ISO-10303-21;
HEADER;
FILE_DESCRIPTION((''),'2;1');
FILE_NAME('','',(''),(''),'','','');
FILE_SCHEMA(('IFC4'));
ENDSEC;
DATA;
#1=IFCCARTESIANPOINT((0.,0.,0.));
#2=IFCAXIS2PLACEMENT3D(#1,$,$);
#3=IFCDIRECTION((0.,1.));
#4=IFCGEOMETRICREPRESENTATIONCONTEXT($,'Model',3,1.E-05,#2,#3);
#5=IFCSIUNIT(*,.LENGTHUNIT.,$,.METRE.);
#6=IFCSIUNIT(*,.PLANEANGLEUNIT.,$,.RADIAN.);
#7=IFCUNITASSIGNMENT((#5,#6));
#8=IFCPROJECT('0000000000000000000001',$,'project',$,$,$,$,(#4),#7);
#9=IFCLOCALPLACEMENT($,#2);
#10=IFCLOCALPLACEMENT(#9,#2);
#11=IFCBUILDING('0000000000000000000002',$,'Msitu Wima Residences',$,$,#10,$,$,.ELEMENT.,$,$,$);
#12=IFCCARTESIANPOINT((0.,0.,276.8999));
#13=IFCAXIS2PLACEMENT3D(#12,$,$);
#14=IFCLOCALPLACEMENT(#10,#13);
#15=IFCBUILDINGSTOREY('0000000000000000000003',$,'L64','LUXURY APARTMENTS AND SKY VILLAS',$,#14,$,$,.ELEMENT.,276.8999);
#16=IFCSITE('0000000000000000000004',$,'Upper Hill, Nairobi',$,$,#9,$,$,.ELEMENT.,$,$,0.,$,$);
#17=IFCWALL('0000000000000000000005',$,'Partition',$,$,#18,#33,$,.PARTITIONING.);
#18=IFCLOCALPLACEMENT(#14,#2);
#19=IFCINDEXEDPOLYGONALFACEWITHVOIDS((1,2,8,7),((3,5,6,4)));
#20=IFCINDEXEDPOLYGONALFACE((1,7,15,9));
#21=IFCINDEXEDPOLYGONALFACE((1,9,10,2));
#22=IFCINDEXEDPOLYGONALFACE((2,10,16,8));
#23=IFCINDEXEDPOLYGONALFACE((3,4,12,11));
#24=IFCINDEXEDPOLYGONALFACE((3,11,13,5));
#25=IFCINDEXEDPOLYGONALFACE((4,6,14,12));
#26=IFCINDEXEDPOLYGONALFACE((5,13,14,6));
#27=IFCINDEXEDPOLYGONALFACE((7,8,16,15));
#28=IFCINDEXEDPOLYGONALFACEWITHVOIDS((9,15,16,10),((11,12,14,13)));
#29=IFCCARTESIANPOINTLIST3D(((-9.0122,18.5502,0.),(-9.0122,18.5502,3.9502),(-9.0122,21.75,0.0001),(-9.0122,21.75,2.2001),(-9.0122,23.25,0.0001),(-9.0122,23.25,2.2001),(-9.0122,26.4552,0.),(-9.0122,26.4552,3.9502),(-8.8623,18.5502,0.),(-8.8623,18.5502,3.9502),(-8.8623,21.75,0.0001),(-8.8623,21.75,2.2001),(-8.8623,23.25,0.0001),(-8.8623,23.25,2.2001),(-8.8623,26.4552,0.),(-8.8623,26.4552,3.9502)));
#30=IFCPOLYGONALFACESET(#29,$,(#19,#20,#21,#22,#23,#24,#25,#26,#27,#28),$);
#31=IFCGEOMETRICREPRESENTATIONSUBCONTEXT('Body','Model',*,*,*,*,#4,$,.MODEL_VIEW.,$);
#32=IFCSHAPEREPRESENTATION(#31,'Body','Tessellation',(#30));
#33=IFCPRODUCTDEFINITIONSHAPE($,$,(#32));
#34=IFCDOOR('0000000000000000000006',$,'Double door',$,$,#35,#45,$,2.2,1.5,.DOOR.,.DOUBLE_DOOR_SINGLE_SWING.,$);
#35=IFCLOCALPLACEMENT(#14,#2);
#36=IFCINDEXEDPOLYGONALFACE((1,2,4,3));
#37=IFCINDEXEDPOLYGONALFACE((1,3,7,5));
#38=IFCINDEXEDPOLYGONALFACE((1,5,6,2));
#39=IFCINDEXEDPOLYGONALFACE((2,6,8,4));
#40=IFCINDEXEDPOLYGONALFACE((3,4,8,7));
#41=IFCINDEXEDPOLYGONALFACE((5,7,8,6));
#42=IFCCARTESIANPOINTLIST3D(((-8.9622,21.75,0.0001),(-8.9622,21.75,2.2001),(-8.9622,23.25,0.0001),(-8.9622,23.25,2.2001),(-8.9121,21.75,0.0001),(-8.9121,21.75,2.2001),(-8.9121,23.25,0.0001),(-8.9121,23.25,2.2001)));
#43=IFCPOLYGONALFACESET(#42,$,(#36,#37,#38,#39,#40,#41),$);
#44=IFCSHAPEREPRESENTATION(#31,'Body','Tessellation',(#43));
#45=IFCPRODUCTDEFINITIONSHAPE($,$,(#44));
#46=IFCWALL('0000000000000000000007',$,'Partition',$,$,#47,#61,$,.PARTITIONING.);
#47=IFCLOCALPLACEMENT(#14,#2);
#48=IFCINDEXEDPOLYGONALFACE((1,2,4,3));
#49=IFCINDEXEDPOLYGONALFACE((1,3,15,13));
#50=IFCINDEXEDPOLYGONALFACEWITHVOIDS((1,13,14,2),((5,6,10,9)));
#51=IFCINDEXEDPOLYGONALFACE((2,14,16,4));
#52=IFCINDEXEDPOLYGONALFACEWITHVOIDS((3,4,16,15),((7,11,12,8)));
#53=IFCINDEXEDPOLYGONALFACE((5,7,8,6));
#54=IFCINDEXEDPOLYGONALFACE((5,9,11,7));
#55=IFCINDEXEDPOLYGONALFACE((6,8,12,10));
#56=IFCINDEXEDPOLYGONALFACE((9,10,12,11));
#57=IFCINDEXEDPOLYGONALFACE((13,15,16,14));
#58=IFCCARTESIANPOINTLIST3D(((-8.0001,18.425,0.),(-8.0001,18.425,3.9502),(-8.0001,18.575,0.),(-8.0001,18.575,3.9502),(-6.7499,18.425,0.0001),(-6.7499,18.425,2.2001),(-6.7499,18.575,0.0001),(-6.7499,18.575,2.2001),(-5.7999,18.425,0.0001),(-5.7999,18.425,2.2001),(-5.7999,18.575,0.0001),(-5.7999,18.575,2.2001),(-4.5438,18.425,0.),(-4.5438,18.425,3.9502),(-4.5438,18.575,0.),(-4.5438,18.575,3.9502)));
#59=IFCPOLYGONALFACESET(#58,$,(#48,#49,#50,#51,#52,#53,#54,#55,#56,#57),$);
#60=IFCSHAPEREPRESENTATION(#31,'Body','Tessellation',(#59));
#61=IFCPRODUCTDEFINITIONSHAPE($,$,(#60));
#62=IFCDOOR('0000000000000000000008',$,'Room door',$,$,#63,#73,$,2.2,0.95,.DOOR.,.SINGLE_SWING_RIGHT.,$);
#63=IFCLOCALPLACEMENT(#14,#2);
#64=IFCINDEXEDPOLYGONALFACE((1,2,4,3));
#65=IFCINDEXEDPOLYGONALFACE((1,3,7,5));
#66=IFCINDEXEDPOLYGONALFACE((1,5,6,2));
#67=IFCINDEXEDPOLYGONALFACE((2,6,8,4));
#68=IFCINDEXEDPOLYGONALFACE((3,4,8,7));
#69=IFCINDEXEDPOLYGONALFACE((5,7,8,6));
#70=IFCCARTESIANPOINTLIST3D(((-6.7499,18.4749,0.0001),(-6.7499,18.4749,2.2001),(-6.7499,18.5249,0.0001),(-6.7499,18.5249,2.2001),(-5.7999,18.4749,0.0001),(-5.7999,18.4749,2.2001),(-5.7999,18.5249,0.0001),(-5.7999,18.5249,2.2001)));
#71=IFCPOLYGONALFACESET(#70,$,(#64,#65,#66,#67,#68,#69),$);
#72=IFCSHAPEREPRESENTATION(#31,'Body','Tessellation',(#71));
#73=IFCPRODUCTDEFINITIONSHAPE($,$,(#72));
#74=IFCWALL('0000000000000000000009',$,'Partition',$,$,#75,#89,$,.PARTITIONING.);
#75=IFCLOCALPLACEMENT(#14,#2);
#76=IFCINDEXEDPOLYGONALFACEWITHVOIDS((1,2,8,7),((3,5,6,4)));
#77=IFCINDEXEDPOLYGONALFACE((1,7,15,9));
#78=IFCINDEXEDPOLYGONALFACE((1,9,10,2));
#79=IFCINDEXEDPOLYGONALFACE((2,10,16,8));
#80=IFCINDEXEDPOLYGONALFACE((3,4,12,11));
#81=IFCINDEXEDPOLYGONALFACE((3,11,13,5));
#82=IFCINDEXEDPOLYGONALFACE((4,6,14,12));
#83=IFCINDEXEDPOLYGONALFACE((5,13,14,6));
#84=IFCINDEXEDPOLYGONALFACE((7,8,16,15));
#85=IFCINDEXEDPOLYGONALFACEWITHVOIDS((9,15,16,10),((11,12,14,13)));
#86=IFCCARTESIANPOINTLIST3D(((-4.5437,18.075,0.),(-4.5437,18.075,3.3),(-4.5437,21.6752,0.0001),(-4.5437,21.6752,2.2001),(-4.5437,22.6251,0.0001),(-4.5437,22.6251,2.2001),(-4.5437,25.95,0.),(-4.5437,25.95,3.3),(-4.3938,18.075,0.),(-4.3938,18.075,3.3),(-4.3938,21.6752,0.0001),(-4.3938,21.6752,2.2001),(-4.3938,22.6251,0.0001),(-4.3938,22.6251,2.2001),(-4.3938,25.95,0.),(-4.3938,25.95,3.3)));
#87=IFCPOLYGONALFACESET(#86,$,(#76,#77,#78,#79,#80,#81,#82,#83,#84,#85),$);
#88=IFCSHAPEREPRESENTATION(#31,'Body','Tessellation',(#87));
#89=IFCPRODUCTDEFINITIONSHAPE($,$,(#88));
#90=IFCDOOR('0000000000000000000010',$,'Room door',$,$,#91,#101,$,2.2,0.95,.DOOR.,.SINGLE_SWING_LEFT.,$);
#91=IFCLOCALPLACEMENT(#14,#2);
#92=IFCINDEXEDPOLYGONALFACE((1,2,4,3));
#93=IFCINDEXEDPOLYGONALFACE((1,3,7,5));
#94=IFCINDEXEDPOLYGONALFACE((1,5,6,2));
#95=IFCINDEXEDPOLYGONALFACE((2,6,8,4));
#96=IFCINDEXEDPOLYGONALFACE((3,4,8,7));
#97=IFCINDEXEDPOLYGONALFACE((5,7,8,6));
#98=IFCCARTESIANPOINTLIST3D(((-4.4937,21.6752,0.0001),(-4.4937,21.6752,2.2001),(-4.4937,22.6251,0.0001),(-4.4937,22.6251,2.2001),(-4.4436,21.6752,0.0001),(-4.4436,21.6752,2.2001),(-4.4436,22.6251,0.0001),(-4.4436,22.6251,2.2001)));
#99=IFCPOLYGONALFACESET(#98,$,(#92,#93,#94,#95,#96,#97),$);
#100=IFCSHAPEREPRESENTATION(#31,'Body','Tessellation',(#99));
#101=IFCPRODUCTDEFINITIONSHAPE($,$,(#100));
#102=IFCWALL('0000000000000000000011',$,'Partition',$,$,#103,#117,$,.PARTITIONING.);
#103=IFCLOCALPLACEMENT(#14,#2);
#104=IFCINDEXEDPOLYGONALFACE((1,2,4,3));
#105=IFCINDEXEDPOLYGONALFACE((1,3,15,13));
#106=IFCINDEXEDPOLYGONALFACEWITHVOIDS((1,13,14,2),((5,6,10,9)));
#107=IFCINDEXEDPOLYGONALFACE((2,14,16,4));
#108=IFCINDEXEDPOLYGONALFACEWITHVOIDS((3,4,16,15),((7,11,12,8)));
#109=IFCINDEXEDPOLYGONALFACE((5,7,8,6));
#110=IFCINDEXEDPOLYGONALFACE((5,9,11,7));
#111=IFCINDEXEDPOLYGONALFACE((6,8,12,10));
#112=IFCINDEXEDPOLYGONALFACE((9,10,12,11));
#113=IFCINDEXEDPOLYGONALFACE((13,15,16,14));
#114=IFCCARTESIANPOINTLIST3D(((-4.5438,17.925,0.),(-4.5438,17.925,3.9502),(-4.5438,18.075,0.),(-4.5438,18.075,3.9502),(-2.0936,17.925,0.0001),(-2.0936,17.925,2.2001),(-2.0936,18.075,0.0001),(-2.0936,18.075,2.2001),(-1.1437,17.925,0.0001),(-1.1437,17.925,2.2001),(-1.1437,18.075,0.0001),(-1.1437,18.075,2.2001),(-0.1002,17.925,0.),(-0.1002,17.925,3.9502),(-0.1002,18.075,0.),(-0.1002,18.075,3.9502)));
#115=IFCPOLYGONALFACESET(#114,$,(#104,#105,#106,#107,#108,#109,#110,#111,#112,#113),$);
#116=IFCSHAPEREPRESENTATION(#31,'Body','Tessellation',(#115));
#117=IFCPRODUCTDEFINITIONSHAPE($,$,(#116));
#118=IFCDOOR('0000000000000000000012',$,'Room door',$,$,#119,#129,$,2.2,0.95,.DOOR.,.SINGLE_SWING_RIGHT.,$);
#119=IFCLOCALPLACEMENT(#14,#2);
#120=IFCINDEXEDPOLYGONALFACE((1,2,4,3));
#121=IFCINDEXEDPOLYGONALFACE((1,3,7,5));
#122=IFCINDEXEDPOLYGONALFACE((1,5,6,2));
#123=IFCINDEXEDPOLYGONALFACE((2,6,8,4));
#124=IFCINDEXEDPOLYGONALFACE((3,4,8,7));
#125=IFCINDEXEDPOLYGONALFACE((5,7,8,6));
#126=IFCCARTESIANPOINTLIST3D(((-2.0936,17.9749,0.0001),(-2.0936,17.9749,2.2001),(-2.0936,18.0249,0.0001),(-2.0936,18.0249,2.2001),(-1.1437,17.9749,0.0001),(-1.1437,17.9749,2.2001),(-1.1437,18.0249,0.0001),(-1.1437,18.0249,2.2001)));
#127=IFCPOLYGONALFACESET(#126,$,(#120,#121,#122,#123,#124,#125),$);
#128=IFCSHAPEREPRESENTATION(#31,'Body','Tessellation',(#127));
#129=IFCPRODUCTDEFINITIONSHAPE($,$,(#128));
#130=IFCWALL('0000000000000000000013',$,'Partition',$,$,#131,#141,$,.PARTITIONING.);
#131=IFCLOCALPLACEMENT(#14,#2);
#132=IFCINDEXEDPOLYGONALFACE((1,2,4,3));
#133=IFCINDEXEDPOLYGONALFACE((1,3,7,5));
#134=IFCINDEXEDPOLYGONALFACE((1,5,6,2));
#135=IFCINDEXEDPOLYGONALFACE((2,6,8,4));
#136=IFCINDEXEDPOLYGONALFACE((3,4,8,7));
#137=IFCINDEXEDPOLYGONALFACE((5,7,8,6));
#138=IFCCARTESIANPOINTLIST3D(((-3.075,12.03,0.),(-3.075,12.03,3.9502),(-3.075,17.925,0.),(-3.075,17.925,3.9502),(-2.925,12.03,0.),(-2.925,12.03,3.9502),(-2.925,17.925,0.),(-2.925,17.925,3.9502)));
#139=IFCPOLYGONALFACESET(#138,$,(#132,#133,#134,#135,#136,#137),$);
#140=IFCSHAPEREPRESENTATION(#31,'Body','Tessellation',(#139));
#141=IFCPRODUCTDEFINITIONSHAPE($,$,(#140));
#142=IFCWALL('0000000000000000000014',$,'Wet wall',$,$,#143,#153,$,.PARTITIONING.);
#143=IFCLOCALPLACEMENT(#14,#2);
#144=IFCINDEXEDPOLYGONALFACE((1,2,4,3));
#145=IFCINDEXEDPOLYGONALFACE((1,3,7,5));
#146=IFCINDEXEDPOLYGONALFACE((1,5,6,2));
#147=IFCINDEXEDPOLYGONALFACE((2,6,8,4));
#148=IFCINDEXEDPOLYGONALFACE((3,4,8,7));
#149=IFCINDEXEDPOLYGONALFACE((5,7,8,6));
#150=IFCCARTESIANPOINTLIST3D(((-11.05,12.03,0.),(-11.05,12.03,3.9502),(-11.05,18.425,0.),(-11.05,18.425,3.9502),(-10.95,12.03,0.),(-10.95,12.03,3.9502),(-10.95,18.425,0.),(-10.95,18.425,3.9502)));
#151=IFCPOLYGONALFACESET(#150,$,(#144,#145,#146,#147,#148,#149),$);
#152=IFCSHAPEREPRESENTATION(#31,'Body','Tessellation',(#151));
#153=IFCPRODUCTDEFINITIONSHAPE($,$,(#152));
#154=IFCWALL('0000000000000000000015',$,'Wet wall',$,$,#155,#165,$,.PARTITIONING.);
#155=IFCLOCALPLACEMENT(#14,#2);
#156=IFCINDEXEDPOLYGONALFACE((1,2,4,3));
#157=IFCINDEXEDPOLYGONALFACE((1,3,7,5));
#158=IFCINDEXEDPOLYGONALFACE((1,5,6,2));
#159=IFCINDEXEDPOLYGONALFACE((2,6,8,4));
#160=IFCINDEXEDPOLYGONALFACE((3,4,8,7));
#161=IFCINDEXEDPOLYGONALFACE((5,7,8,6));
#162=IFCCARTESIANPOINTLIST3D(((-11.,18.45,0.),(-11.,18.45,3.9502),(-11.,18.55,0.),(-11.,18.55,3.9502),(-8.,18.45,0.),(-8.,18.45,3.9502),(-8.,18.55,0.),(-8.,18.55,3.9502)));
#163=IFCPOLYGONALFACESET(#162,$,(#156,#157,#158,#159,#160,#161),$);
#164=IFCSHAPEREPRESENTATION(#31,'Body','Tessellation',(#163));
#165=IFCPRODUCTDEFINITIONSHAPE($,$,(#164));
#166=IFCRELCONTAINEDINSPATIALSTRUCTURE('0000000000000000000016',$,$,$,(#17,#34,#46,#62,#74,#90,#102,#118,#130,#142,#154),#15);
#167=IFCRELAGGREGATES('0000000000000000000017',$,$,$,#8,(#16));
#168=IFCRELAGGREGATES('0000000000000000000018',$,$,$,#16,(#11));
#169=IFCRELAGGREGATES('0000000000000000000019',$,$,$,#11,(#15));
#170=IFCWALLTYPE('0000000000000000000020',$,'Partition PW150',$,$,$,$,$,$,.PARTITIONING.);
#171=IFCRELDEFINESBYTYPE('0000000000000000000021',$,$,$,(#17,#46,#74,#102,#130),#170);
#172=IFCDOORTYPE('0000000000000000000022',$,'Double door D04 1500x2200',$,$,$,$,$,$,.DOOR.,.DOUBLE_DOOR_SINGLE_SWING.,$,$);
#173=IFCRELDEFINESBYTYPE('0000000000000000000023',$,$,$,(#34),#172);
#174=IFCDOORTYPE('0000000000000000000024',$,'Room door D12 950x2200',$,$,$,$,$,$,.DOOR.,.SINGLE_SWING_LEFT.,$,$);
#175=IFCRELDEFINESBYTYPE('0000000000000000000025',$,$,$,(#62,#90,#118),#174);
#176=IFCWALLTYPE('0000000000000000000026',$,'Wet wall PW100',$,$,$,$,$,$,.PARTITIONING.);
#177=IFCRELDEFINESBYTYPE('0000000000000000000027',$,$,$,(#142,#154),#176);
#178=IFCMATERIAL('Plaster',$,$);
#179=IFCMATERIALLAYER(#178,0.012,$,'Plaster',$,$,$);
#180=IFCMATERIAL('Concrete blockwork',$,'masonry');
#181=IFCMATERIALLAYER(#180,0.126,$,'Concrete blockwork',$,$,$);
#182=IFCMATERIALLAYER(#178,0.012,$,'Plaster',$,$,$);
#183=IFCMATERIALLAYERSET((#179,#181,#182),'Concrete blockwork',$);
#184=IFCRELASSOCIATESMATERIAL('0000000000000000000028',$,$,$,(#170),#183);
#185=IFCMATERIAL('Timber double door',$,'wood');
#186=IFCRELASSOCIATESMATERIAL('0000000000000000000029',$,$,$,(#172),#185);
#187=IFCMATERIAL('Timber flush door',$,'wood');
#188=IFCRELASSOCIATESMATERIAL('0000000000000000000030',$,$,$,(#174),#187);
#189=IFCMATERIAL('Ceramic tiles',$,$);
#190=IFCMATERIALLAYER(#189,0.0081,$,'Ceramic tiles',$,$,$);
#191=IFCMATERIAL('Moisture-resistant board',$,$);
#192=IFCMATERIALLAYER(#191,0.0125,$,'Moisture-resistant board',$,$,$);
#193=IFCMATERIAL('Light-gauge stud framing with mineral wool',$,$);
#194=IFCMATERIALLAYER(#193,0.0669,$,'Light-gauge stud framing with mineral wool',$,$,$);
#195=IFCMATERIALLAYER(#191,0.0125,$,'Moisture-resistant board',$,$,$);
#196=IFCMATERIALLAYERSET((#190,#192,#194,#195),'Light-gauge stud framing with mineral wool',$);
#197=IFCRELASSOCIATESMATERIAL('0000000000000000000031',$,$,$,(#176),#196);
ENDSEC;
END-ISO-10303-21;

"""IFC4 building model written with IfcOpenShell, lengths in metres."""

from ifc_helpers import new_model, si_unit, direction, frame, frame_2d, origin, place, context, subcontext, project, spatial, rectangle, extrude, material, layer, layer_set, type_object, element, fill, save


model = new_model("IFC4")

# Units and contexts
model_context = context("Model", 3, precision=1e-05, world=origin(), true_north=direction((0.0, 1.0)))
body_context = subcontext(model_context, "Body", "Model", "MODEL_VIEW")
ifc_project = project(units=[si_unit("LENGTHUNIT", "METRE"), si_unit("PLANEANGLEUNIT", "RADIAN")], contexts=[model_context])

# Site, building, storey
site_placement = place(None, origin())
site = spatial("IfcSite", under=ifc_project, at=site_placement, Name="Upper Hill, Nairobi", CompositionType="ELEMENT", RefElevation=0.0)
building_placement = place(site_placement, origin())
building = spatial("IfcBuilding", under=site, at=building_placement, Name="Msitu Wima Residences", CompositionType="ELEMENT")
storey_placement = place(building_placement, frame((0.0, 0.0, 276.8999)))
storey = spatial("IfcBuildingStorey", under=building, at=storey_placement, Name="L64", Description="LUXURY APARTMENTS AND SKY VILLAS", CompositionType="ELEMENT", Elevation=276.8999)

# Walls, openings, doors
ifc_material_1 = material(Name="Plaster")
ifc_layer_1 = layer(ifc_material_1, 0.012, Name="Plaster")
ifc_material_2 = material(Name="Concrete blockwork", Category="masonry")
ifc_layer_2 = layer(ifc_material_2, 0.126, Name="Concrete blockwork")
ifc_layer_3 = layer(ifc_material_1, 0.012, Name="Plaster")
ifc_layer_set_1 = layer_set([ifc_layer_1, ifc_layer_2, ifc_layer_3], Name="Concrete blockwork")
wall_type_1 = type_object("IfcWallType", Name="Partition PW150", PredefinedType="PARTITIONING", material=ifc_layer_set_1)
wall_1_placement = place(storey_placement, frame((-8.9373, 18.55, 0.0), z_axis=(0.0, 0.0, 1.0), x_axis=(0.0, 1.0, 0.0)))
wall_1 = element("IfcWall", 1, at=wall_1_placement, inside=storey, type_object=wall_type_1, Name="Partition", PredefinedType="PARTITIONING", context=body_context, shape_type="SweptSolid", body=[
    extrude(rectangle(XDim=7.905, YDim=0.1499, at=frame_2d((3.9526, 0.0))), origin(), (0.0, 0.0, 1.0), 3.9502),
])
opening_1_placement = place(wall_1_placement, frame((3.2, 0.0, 0.0)))
opening_1 = element("IfcOpeningElement", 2, at=opening_1_placement, cuts=wall_1, PredefinedType="OPENING", context=body_context, shape_type="SweptSolid", body=[
    extrude(rectangle(XDim=1.5, YDim=2.2, at=frame_2d((0.75, 1.1001))), frame((0.0, 0.085, 0.0), z_axis=(0.0, -1.0, 0.0), x_axis=(1.0, 0.0, 0.0)), (0.0, 0.0, 1.0), 0.1699),
])
ifc_material_3 = material(Name="Timber double door", Category="wood")
door_type_1 = type_object("IfcDoorType", Name="Double door D04 1500x2200", OperationType="DOUBLE_DOOR_SINGLE_SWING", PredefinedType="DOOR", material=ifc_material_3)
door_1_placement = place(opening_1_placement, origin())
door_1 = element("IfcDoor", 3, at=door_1_placement, inside=storey, type_object=door_type_1, Name="Double door", OperationType="DOUBLE_DOOR_SINGLE_SWING", OverallHeight=2.2, OverallWidth=1.5, PredefinedType="DOOR", context=body_context, shape_type="SweptSolid", body=[
    extrude(rectangle(XDim=1.5, YDim=2.2, at=frame_2d((0.75, 1.1001))), frame((0.0, 0.0249, 0.0), z_axis=(0.0, -1.0, 0.0), x_axis=(1.0, 0.0, 0.0)), (0.0, 0.0, 1.0), 0.05),
])
fill(opening_1, door_1)
wall_2_placement = place(storey_placement, frame((-8.0, 18.5, 0.0), z_axis=(0.0, 0.0, 1.0), x_axis=(1.0, 0.0, 0.0)))
wall_2 = element("IfcWall", 4, at=wall_2_placement, inside=storey, type_object=wall_type_1, Name="Partition", PredefinedType="PARTITIONING", context=body_context, shape_type="SweptSolid", body=[
    extrude(rectangle(XDim=3.4563, YDim=0.1499, at=frame_2d((1.728, 0.0))), origin(), (0.0, 0.0, 1.0), 3.9502),
])
opening_2_placement = place(wall_2_placement, frame((1.25, 0.0, 0.0)))
opening_2 = element("IfcOpeningElement", 5, at=opening_2_placement, cuts=wall_2, PredefinedType="OPENING", context=body_context, shape_type="SweptSolid", body=[
    extrude(rectangle(XDim=0.95, YDim=2.2, at=frame_2d((0.4751, 1.1001))), frame((0.0, 0.085, 0.0), z_axis=(0.0, -1.0, 0.0), x_axis=(1.0, 0.0, 0.0)), (0.0, 0.0, 1.0), 0.1699),
])
ifc_material_4 = material(Name="Timber flush door", Category="wood")
door_type_2 = type_object("IfcDoorType", Name="Room door D12 950x2200", OperationType="SINGLE_SWING_LEFT", PredefinedType="DOOR", material=ifc_material_4)
door_2_placement = place(opening_2_placement, origin())
door_2 = element("IfcDoor", 6, at=door_2_placement, inside=storey, type_object=door_type_2, Name="Room door", OperationType="SINGLE_SWING_RIGHT", OverallHeight=2.2, OverallWidth=0.95, PredefinedType="DOOR", context=body_context, shape_type="SweptSolid", body=[
    extrude(rectangle(XDim=0.95, YDim=2.2, at=frame_2d((0.4751, 1.1001))), frame((0.0, 0.0249, 0.0), z_axis=(0.0, -1.0, 0.0), x_axis=(1.0, 0.0, 0.0)), (0.0, 0.0, 1.0), 0.05),
])
fill(opening_2, door_2)
wall_3_placement = place(storey_placement, frame((-4.4688, 18.075, 0.0), z_axis=(0.0, 0.0, 1.0), x_axis=(0.0, 1.0, 0.0)))
wall_3 = element("IfcWall", 7, at=wall_3_placement, inside=storey, type_object=wall_type_1, Name="Partition", PredefinedType="PARTITIONING", context=body_context, shape_type="SweptSolid", body=[
    extrude(rectangle(XDim=7.875, YDim=0.1499, at=frame_2d((3.9375, 0.0))), origin(), (0.0, 0.0, 1.0), 3.3),
])
opening_3_placement = place(wall_3_placement, frame((3.6001, 0.0, 0.0)))
opening_3 = element("IfcOpeningElement", 8, at=opening_3_placement, cuts=wall_3, PredefinedType="OPENING", context=body_context, shape_type="SweptSolid", body=[
    extrude(rectangle(XDim=0.95, YDim=2.2, at=frame_2d((0.4751, 1.1001))), frame((0.0, 0.085, 0.0), z_axis=(0.0, -1.0, 0.0), x_axis=(1.0, 0.0, 0.0)), (0.0, 0.0, 1.0), 0.1699),
])
door_3_placement = place(opening_3_placement, origin())
door_3 = element("IfcDoor", 9, at=door_3_placement, inside=storey, type_object=door_type_2, Name="Room door", OperationType="SINGLE_SWING_LEFT", OverallHeight=2.2, OverallWidth=0.95, PredefinedType="DOOR", context=body_context, shape_type="SweptSolid", body=[
    extrude(rectangle(XDim=0.95, YDim=2.2, at=frame_2d((0.4751, 1.1001))), frame((0.0, 0.0249, 0.0), z_axis=(0.0, -1.0, 0.0), x_axis=(1.0, 0.0, 0.0)), (0.0, 0.0, 1.0), 0.05),
])
fill(opening_3, door_3)
wall_4_placement = place(storey_placement, frame((-4.5437, 18.0, 0.0), z_axis=(0.0, 0.0, 1.0), x_axis=(1.0, 0.0, 0.0)))
wall_4 = element("IfcWall", 10, at=wall_4_placement, inside=storey, type_object=wall_type_1, Name="Partition", PredefinedType="PARTITIONING", context=body_context, shape_type="SweptSolid", body=[
    extrude(rectangle(XDim=4.4436, YDim=0.1499, at=frame_2d((2.2217, 0.0))), origin(), (0.0, 0.0, 1.0), 3.9502),
])
opening_4_placement = place(wall_4_placement, frame((2.45, 0.0, 0.0)))
opening_4 = element("IfcOpeningElement", 11, at=opening_4_placement, cuts=wall_4, PredefinedType="OPENING", context=body_context, shape_type="SweptSolid", body=[
    extrude(rectangle(XDim=0.95, YDim=2.2, at=frame_2d((0.4751, 1.1001))), frame((0.0, 0.085, 0.0), z_axis=(0.0, -1.0, 0.0), x_axis=(1.0, 0.0, 0.0)), (0.0, 0.0, 1.0), 0.1699),
])
door_4_placement = place(opening_4_placement, origin())
door_4 = element("IfcDoor", 12, at=door_4_placement, inside=storey, type_object=door_type_2, Name="Room door", OperationType="SINGLE_SWING_RIGHT", OverallHeight=2.2, OverallWidth=0.95, PredefinedType="DOOR", context=body_context, shape_type="SweptSolid", body=[
    extrude(rectangle(XDim=0.95, YDim=2.2, at=frame_2d((0.4751, 1.1001))), frame((0.0, 0.0249, 0.0), z_axis=(0.0, -1.0, 0.0), x_axis=(1.0, 0.0, 0.0)), (0.0, 0.0, 1.0), 0.05),
])
fill(opening_4, door_4)

# Walls
wall_5_placement = place(storey_placement, frame((-3.0, 12.03, 0.0), z_axis=(0.0, 0.0, 1.0), x_axis=(0.0, 1.0, 0.0)))
element("IfcWall", 13, at=wall_5_placement, inside=storey, type_object=wall_type_1, Name="Partition", PredefinedType="PARTITIONING", context=body_context, shape_type="SweptSolid", body=[
    extrude(rectangle(XDim=5.895, YDim=0.1499, at=frame_2d((2.9475, 0.0))), origin(), (0.0, 0.0, 1.0), 3.9502),
])
ifc_material_5 = material(Name="Ceramic tiles")
ifc_layer_4 = layer(ifc_material_5, 0.0081, Name="Ceramic tiles")
ifc_material_6 = material(Name="Moisture-resistant board")
ifc_layer_5 = layer(ifc_material_6, 0.0125, Name="Moisture-resistant board")
ifc_material_7 = material(Name="Light-gauge stud framing with mineral wool")
ifc_layer_6 = layer(ifc_material_7, 0.0669, Name="Light-gauge stud framing with mineral wool")
ifc_layer_7 = layer(ifc_material_6, 0.0125, Name="Moisture-resistant board")
ifc_layer_set_2 = layer_set([ifc_layer_4, ifc_layer_5, ifc_layer_6, ifc_layer_7], Name="Light-gauge stud framing with mineral wool")
wall_type_2 = type_object("IfcWallType", Name="Wet wall PW100", PredefinedType="PARTITIONING", material=ifc_layer_set_2)
wall_6_placement = place(storey_placement, frame((-11.0, 12.03, 0.0), z_axis=(0.0, 0.0, 1.0), x_axis=(0.0, 1.0, 0.0)))
element("IfcWall", 14, at=wall_6_placement, inside=storey, type_object=wall_type_2, Name="Wet wall", PredefinedType="PARTITIONING", context=body_context, shape_type="SweptSolid", body=[
    extrude(rectangle(XDim=6.395, YDim=0.1001, at=frame_2d((3.1975, 0.0))), origin(), (0.0, 0.0, 1.0), 3.9502),
])
wall_7_placement = place(storey_placement, frame((-11.0, 18.5, 0.0), z_axis=(0.0, 0.0, 1.0), x_axis=(1.0, 0.0, 0.0)))
element("IfcWall", 15, at=wall_7_placement, inside=storey, type_object=wall_type_2, Name="Wet wall", PredefinedType="PARTITIONING", context=body_context, shape_type="SweptSolid", body=[
    extrude(rectangle(XDim=3.0, YDim=0.1001, at=frame_2d((1.5, 0.0))), origin(), (0.0, 0.0, 1.0), 3.9502),
])

save(model, "model.ifc")
